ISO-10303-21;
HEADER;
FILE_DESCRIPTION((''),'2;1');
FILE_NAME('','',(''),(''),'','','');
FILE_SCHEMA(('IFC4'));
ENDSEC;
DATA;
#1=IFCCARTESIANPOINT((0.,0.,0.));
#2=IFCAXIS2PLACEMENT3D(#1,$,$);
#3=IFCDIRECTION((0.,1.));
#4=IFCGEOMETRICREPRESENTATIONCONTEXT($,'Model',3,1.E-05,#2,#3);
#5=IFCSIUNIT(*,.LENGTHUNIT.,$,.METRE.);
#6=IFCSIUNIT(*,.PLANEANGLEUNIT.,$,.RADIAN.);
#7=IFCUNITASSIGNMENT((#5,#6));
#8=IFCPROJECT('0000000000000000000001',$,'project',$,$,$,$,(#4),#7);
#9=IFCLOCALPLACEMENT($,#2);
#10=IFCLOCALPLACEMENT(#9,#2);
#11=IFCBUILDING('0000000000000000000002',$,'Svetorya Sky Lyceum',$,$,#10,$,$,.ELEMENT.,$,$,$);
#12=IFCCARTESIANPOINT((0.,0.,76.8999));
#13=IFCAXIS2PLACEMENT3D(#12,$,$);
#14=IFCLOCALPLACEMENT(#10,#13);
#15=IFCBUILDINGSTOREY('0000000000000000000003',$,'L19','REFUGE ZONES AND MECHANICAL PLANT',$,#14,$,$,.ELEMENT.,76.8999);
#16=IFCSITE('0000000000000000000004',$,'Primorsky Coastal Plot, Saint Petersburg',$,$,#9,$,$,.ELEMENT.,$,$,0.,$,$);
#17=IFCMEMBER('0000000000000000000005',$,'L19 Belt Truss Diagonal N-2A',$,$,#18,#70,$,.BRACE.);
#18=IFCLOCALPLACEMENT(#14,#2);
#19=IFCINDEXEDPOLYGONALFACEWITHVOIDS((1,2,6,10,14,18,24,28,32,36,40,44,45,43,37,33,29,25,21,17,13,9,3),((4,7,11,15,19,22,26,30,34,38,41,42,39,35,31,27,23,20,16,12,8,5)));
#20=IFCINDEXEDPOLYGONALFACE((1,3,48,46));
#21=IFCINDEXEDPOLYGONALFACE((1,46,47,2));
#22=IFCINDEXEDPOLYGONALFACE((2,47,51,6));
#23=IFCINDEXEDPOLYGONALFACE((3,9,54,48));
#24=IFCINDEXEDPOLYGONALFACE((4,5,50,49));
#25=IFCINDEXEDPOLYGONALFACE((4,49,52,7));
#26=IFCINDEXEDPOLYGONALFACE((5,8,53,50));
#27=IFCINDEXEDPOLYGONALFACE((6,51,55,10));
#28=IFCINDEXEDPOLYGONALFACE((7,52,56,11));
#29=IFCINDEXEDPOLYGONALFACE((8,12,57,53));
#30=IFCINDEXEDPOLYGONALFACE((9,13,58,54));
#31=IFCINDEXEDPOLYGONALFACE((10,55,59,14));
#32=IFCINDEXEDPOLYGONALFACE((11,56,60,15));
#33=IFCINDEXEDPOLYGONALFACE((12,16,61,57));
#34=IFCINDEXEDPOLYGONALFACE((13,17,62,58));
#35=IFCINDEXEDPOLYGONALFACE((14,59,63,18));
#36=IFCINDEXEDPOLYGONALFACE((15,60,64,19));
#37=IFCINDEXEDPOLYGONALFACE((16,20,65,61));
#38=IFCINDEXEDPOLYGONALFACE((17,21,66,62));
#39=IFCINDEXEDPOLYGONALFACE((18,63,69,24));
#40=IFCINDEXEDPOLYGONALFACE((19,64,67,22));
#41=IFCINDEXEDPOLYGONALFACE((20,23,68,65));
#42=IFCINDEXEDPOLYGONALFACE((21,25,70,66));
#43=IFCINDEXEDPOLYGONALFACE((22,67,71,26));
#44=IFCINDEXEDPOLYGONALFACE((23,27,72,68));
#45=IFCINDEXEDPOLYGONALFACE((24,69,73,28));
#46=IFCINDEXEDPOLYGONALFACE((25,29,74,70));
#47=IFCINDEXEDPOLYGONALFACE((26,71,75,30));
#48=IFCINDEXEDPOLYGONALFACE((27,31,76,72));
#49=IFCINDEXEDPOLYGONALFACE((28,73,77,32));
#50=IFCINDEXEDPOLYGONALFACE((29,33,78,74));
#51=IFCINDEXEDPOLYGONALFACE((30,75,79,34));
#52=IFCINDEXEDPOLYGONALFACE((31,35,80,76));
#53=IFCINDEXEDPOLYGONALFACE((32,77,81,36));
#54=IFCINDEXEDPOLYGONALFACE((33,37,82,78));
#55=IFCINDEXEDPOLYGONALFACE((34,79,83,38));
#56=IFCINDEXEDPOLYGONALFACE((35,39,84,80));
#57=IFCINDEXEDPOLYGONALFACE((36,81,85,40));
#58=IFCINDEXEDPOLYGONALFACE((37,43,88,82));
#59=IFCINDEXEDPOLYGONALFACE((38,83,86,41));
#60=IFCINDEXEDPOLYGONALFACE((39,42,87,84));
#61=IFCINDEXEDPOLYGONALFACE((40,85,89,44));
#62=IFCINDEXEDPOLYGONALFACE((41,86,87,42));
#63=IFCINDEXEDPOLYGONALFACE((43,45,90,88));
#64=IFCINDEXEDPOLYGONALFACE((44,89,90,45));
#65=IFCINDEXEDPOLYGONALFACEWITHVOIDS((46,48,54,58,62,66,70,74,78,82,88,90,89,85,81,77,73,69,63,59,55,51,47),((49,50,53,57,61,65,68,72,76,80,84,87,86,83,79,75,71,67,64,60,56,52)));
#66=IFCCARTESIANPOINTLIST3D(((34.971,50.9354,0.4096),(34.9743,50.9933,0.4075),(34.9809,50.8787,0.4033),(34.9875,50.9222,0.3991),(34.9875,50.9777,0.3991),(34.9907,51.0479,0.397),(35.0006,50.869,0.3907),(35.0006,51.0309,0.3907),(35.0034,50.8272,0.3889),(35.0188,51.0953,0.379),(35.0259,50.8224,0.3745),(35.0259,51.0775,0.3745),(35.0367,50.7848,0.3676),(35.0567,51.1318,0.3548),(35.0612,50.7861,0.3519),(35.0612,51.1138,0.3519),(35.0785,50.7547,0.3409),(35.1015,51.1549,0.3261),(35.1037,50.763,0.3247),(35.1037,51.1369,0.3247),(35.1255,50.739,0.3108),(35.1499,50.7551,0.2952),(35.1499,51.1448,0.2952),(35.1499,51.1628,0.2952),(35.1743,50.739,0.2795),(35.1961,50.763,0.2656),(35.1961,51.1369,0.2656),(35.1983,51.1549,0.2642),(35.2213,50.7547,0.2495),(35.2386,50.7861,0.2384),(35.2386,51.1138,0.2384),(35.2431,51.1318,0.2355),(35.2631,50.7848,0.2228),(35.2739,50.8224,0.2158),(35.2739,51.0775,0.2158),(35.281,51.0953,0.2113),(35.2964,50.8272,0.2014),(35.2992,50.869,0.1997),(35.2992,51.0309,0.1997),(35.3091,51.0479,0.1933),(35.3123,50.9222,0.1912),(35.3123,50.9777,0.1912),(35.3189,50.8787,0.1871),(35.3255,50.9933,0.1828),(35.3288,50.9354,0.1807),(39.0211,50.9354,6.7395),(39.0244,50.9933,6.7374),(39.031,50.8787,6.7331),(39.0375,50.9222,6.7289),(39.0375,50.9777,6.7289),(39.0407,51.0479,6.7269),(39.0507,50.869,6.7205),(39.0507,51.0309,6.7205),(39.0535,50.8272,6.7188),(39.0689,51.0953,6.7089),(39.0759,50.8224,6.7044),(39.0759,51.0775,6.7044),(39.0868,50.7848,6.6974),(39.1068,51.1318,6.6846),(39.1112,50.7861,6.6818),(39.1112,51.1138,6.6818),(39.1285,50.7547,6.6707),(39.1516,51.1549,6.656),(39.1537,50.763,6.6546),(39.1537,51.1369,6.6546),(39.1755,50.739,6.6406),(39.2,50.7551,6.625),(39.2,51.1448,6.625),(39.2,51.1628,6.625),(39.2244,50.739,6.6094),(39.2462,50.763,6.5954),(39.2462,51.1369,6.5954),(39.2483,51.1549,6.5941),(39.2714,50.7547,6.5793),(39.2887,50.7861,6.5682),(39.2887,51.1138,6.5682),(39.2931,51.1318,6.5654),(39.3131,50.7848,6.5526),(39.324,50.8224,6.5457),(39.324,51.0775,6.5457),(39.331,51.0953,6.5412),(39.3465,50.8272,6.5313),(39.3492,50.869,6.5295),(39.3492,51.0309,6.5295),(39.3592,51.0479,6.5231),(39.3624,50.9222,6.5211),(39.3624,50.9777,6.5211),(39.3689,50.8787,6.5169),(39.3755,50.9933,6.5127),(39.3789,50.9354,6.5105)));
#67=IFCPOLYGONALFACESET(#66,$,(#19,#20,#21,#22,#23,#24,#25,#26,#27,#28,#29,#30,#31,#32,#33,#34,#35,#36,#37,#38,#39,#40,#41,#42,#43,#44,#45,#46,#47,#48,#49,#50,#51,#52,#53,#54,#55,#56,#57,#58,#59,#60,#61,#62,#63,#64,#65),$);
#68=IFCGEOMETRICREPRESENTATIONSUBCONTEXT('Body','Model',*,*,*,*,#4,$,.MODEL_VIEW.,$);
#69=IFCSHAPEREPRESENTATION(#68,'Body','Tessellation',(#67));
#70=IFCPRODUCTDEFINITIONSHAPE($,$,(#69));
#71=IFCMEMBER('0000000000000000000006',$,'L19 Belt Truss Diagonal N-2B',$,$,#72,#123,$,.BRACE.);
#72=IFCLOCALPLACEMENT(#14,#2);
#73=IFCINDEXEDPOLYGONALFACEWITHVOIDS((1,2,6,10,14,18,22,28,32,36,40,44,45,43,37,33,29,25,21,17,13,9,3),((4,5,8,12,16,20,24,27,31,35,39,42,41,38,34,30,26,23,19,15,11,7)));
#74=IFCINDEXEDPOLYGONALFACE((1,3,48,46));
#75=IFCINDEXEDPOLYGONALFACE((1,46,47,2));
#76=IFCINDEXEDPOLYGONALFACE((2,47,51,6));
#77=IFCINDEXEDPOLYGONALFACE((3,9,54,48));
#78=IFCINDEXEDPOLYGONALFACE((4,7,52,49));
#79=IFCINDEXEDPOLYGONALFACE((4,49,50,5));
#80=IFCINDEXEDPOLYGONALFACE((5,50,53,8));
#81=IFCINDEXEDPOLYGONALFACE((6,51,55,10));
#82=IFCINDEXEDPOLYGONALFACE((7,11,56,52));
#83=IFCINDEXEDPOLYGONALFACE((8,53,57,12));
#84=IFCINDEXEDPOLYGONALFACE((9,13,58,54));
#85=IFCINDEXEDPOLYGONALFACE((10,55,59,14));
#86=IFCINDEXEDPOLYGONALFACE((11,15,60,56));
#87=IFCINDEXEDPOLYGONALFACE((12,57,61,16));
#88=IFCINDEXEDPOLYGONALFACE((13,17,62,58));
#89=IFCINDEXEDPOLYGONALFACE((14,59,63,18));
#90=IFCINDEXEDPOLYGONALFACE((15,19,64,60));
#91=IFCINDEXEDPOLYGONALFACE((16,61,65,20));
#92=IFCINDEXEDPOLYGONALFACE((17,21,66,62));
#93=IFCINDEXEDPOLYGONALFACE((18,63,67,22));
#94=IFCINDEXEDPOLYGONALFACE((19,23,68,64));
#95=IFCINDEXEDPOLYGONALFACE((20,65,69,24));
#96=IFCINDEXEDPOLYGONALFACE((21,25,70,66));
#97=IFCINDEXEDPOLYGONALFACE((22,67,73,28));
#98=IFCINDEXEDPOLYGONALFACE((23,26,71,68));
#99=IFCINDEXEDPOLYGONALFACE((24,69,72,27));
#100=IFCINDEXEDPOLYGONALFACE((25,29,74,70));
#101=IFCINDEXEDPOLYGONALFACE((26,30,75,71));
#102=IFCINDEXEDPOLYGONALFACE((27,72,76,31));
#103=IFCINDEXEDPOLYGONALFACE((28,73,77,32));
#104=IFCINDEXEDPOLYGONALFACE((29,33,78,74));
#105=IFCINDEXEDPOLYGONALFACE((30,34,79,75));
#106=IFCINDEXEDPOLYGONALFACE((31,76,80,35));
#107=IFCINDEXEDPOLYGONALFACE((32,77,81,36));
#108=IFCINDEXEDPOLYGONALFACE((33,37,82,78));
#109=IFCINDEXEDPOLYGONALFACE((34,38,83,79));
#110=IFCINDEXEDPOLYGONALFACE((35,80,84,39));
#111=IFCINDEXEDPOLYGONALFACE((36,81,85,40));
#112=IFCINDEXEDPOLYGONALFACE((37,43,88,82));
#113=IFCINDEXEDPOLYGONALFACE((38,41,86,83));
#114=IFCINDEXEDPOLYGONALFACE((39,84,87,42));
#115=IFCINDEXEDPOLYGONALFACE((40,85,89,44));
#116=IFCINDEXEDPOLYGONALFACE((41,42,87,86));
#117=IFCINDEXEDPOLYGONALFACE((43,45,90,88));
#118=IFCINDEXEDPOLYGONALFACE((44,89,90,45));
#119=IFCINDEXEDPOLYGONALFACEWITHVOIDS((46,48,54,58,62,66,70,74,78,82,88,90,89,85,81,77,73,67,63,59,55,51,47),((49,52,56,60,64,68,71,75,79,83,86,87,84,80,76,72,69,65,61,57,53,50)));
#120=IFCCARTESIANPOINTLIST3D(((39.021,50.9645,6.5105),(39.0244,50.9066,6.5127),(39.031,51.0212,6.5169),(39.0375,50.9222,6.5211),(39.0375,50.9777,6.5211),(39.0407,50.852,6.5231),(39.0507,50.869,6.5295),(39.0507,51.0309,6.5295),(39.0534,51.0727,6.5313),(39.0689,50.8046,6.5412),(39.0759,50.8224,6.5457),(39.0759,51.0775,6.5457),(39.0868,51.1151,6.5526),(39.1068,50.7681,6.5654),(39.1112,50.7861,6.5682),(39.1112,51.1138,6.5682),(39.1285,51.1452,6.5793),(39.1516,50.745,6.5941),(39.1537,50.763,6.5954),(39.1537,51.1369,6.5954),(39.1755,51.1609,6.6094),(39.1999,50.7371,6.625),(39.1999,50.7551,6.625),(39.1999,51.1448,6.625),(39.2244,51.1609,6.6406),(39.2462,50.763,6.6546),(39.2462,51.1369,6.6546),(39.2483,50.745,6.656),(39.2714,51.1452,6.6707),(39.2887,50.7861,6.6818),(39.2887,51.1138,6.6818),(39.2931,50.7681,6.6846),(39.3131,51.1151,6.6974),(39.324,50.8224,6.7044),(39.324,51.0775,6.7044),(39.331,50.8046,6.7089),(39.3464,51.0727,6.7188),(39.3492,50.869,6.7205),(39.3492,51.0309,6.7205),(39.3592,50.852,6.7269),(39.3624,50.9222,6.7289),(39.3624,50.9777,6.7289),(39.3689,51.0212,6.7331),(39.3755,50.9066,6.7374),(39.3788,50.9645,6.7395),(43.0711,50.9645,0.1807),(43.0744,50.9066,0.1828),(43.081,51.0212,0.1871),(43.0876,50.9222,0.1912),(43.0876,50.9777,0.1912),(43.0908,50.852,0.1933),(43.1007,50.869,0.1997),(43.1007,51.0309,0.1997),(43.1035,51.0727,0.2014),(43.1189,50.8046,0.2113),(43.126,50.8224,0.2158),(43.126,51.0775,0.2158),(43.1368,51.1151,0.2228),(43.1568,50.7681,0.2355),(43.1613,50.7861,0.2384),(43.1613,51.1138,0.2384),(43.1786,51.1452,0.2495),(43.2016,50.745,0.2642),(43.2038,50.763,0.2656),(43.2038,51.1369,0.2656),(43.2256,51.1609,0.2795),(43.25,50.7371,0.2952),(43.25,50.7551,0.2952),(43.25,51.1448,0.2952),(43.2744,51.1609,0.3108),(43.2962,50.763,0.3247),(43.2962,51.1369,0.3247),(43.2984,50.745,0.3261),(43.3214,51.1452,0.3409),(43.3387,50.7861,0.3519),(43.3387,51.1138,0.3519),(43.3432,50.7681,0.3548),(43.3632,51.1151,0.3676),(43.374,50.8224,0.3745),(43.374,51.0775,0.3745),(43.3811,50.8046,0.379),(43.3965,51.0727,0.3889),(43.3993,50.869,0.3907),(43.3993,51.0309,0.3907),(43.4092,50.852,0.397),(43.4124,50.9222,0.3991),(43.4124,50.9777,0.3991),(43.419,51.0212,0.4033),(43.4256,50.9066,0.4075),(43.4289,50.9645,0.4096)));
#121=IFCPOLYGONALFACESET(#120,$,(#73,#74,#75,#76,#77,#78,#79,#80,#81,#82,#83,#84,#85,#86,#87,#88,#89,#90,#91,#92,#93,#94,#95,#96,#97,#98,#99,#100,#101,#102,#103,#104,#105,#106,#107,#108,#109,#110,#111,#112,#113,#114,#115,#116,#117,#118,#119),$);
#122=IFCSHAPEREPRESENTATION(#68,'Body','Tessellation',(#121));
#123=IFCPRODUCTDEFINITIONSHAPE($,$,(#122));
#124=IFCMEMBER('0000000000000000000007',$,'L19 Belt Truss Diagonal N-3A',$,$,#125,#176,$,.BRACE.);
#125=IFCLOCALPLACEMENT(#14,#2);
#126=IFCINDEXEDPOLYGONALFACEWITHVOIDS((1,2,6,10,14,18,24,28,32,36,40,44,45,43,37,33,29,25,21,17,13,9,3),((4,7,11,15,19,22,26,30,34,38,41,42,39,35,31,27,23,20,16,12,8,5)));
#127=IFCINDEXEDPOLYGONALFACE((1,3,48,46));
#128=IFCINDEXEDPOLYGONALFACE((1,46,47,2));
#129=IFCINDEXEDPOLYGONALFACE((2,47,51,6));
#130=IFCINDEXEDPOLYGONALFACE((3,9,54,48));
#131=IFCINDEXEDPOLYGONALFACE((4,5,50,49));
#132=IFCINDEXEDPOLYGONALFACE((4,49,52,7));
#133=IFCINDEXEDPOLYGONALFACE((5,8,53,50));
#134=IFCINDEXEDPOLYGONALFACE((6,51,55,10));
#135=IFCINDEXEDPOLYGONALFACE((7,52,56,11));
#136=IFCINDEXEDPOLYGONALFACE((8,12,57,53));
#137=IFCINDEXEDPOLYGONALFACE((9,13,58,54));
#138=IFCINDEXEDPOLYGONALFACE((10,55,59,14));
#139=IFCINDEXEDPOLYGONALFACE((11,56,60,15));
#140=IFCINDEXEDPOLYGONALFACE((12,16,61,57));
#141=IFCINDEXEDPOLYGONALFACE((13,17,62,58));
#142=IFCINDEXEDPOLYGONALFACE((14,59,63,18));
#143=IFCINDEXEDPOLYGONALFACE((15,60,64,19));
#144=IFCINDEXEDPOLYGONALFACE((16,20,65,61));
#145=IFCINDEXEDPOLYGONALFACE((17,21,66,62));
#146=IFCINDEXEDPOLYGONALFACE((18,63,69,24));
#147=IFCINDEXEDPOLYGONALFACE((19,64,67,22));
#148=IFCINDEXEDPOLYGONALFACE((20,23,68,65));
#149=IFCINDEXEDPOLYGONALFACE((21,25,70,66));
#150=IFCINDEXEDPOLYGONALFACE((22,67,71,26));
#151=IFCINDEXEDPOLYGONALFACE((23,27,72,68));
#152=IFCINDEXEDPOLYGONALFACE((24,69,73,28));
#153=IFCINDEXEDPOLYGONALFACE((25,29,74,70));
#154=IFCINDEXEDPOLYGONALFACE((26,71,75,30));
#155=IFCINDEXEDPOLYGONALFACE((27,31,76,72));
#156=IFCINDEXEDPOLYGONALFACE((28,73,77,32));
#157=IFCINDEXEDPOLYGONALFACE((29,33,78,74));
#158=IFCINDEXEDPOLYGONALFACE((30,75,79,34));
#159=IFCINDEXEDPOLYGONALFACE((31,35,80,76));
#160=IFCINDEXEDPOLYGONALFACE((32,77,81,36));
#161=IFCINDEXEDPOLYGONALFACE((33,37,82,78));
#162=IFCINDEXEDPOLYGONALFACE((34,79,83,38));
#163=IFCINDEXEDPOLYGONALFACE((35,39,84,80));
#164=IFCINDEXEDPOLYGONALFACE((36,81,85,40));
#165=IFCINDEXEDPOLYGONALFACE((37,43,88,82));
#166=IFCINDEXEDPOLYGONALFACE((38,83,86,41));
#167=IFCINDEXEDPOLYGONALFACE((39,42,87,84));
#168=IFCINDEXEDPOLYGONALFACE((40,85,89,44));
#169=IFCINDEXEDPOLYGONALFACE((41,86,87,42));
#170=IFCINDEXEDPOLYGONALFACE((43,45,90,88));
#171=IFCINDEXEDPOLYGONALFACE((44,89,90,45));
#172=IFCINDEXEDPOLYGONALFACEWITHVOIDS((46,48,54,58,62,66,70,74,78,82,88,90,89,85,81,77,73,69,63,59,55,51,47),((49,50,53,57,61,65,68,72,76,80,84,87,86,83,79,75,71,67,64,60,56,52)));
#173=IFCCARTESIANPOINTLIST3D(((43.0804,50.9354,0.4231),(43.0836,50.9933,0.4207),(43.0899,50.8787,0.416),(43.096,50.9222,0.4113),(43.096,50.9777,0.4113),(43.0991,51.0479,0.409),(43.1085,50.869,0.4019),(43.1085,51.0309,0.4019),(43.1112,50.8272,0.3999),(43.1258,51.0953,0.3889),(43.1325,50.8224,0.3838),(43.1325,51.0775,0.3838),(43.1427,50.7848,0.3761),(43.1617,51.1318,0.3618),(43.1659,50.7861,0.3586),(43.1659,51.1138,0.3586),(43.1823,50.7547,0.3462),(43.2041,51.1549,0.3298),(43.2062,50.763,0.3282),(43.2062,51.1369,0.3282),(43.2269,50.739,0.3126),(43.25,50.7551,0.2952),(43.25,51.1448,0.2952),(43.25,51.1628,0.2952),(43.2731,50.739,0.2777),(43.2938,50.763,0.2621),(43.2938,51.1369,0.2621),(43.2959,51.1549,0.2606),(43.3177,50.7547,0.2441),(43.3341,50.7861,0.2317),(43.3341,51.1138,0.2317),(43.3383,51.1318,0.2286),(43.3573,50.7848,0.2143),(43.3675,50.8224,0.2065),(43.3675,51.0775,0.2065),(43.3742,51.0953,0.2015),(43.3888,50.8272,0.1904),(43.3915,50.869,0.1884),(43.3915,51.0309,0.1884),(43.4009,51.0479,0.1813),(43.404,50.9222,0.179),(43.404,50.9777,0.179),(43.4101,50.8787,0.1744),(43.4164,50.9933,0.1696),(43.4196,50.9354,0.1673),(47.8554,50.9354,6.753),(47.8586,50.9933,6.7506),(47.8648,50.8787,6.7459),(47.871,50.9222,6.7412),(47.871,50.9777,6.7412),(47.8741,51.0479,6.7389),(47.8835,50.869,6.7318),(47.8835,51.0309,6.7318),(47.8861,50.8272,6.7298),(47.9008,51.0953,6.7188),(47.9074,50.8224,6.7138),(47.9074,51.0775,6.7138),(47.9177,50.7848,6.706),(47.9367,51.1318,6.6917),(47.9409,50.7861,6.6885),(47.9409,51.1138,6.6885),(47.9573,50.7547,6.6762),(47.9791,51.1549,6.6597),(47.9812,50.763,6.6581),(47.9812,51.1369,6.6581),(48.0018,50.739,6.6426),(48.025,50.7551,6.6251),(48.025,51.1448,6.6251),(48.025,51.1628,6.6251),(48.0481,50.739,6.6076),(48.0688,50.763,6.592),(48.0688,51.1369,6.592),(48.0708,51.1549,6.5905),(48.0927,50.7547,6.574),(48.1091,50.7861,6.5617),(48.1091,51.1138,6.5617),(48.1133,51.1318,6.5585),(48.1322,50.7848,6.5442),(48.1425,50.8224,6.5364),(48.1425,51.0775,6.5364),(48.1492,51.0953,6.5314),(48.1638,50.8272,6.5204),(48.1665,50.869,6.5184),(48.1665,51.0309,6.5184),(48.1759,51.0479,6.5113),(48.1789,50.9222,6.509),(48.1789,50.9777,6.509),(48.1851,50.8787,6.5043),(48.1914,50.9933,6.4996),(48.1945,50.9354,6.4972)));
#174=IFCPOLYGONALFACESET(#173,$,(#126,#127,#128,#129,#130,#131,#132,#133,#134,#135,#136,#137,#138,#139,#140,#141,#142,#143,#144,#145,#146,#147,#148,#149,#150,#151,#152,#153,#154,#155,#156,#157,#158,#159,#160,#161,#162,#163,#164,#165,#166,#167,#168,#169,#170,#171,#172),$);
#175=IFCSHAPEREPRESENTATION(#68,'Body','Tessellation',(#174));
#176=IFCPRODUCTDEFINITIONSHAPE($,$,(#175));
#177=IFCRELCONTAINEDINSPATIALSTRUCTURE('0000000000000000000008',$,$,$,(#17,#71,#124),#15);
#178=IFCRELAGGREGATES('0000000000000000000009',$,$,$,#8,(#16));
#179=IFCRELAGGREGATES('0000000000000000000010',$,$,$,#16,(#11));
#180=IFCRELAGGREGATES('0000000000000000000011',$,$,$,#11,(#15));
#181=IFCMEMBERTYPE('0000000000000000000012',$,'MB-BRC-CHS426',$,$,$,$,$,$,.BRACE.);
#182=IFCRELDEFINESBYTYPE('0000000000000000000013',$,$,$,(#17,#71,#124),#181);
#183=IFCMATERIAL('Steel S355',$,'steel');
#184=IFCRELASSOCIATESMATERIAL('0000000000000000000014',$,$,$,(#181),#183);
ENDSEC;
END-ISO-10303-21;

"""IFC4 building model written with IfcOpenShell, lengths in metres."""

from ifc_helpers import new_model, si_unit, direction, frame, origin, origin_2d, place, context, subcontext, project, spatial, hollow_circle, extrude, material, material_profile, profile_set, type_object, element, save


model = new_model("IFC4")

# Units and contexts
model_context = context("Model", 3, precision=1e-05, world=origin(), true_north=direction((0.0, 1.0)))
body_context = subcontext(model_context, "Body", "Model", "MODEL_VIEW")
ifc_project = project(units=[si_unit("LENGTHUNIT", "METRE"), si_unit("PLANEANGLEUNIT", "RADIAN")], contexts=[model_context])

# Site, building, storey
site_placement = place(None, origin())
site = spatial("IfcSite", under=ifc_project, at=site_placement, Name="Primorsky Coastal Plot, Saint Petersburg", CompositionType="ELEMENT", RefElevation=0.0)
building_placement = place(site_placement, origin())
building = spatial("IfcBuilding", under=site, at=building_placement, Name="Svetorya Sky Lyceum", CompositionType="ELEMENT")
storey_placement = place(building_placement, frame((0.0, 0.0, 76.8999)))
storey = spatial("IfcBuildingStorey", under=building, at=storey_placement, Name="L19", Description="REFUGE ZONES AND MECHANICAL PLANT", CompositionType="ELEMENT", Elevation=76.8999)

# Shared definitions
ifc_material_1 = material(Name="Steel S355", Category="steel")

# Members
ifc_material_profile_1 = material_profile(ifc_material_1, hollow_circle(Radius=0.2129, WallThickness=0.0181, at=origin_2d()), Name="CHS 426x18")
ifc_profile_set_1 = profile_set([ifc_material_profile_1], Name="Steel S355")
member_type_1 = type_object("IfcMemberType", Name="MB-BRC-CHS426", PredefinedType="BRACE", material=ifc_profile_set_1)
for number, where, z_axis, x_axis, name in (
    (1, (35.1499, 50.95, 0.2952), (0.538955, 0.0, 0.842335), (0.0, 1.0, 0.0), "L19 Belt Truss Diagonal N-2A"),
    (2, (43.25, 50.95, 0.2952), (-0.538955, 0.0, 0.842335), (0.0, -1.0, 0.0), "L19 Belt Truss Diagonal N-2B"),
):
    element("IfcMember", number, at=place(storey_placement, frame(where, z_axis=z_axis, x_axis=x_axis)), inside=storey, type_object=member_type_1, Name=name, PredefinedType="BRACE", context=body_context, shape_type="SweptSolid", body=[
        extrude(hollow_circle(Radius=0.2129, WallThickness=0.0181, at=origin_2d()), origin(), (0.0, 0.0, 1.0), 7.5146),
    ])
member_1_placement = place(storey_placement, frame((43.25, 50.95, 0.2952), z_axis=(0.60222, 0.0, 0.79833), x_axis=(0.0, 1.0, 0.0)))
element("IfcMember", 3, at=member_1_placement, inside=storey, type_object=member_type_1, Name="L19 Belt Truss Diagonal N-3A", PredefinedType="BRACE", context=body_context, shape_type="SweptSolid", body=[
    extrude(hollow_circle(Radius=0.2129, WallThickness=0.0181, at=origin_2d()), origin(), (0.0, 0.0, 1.0), 7.929),
])

save(model, "model.ifc")
